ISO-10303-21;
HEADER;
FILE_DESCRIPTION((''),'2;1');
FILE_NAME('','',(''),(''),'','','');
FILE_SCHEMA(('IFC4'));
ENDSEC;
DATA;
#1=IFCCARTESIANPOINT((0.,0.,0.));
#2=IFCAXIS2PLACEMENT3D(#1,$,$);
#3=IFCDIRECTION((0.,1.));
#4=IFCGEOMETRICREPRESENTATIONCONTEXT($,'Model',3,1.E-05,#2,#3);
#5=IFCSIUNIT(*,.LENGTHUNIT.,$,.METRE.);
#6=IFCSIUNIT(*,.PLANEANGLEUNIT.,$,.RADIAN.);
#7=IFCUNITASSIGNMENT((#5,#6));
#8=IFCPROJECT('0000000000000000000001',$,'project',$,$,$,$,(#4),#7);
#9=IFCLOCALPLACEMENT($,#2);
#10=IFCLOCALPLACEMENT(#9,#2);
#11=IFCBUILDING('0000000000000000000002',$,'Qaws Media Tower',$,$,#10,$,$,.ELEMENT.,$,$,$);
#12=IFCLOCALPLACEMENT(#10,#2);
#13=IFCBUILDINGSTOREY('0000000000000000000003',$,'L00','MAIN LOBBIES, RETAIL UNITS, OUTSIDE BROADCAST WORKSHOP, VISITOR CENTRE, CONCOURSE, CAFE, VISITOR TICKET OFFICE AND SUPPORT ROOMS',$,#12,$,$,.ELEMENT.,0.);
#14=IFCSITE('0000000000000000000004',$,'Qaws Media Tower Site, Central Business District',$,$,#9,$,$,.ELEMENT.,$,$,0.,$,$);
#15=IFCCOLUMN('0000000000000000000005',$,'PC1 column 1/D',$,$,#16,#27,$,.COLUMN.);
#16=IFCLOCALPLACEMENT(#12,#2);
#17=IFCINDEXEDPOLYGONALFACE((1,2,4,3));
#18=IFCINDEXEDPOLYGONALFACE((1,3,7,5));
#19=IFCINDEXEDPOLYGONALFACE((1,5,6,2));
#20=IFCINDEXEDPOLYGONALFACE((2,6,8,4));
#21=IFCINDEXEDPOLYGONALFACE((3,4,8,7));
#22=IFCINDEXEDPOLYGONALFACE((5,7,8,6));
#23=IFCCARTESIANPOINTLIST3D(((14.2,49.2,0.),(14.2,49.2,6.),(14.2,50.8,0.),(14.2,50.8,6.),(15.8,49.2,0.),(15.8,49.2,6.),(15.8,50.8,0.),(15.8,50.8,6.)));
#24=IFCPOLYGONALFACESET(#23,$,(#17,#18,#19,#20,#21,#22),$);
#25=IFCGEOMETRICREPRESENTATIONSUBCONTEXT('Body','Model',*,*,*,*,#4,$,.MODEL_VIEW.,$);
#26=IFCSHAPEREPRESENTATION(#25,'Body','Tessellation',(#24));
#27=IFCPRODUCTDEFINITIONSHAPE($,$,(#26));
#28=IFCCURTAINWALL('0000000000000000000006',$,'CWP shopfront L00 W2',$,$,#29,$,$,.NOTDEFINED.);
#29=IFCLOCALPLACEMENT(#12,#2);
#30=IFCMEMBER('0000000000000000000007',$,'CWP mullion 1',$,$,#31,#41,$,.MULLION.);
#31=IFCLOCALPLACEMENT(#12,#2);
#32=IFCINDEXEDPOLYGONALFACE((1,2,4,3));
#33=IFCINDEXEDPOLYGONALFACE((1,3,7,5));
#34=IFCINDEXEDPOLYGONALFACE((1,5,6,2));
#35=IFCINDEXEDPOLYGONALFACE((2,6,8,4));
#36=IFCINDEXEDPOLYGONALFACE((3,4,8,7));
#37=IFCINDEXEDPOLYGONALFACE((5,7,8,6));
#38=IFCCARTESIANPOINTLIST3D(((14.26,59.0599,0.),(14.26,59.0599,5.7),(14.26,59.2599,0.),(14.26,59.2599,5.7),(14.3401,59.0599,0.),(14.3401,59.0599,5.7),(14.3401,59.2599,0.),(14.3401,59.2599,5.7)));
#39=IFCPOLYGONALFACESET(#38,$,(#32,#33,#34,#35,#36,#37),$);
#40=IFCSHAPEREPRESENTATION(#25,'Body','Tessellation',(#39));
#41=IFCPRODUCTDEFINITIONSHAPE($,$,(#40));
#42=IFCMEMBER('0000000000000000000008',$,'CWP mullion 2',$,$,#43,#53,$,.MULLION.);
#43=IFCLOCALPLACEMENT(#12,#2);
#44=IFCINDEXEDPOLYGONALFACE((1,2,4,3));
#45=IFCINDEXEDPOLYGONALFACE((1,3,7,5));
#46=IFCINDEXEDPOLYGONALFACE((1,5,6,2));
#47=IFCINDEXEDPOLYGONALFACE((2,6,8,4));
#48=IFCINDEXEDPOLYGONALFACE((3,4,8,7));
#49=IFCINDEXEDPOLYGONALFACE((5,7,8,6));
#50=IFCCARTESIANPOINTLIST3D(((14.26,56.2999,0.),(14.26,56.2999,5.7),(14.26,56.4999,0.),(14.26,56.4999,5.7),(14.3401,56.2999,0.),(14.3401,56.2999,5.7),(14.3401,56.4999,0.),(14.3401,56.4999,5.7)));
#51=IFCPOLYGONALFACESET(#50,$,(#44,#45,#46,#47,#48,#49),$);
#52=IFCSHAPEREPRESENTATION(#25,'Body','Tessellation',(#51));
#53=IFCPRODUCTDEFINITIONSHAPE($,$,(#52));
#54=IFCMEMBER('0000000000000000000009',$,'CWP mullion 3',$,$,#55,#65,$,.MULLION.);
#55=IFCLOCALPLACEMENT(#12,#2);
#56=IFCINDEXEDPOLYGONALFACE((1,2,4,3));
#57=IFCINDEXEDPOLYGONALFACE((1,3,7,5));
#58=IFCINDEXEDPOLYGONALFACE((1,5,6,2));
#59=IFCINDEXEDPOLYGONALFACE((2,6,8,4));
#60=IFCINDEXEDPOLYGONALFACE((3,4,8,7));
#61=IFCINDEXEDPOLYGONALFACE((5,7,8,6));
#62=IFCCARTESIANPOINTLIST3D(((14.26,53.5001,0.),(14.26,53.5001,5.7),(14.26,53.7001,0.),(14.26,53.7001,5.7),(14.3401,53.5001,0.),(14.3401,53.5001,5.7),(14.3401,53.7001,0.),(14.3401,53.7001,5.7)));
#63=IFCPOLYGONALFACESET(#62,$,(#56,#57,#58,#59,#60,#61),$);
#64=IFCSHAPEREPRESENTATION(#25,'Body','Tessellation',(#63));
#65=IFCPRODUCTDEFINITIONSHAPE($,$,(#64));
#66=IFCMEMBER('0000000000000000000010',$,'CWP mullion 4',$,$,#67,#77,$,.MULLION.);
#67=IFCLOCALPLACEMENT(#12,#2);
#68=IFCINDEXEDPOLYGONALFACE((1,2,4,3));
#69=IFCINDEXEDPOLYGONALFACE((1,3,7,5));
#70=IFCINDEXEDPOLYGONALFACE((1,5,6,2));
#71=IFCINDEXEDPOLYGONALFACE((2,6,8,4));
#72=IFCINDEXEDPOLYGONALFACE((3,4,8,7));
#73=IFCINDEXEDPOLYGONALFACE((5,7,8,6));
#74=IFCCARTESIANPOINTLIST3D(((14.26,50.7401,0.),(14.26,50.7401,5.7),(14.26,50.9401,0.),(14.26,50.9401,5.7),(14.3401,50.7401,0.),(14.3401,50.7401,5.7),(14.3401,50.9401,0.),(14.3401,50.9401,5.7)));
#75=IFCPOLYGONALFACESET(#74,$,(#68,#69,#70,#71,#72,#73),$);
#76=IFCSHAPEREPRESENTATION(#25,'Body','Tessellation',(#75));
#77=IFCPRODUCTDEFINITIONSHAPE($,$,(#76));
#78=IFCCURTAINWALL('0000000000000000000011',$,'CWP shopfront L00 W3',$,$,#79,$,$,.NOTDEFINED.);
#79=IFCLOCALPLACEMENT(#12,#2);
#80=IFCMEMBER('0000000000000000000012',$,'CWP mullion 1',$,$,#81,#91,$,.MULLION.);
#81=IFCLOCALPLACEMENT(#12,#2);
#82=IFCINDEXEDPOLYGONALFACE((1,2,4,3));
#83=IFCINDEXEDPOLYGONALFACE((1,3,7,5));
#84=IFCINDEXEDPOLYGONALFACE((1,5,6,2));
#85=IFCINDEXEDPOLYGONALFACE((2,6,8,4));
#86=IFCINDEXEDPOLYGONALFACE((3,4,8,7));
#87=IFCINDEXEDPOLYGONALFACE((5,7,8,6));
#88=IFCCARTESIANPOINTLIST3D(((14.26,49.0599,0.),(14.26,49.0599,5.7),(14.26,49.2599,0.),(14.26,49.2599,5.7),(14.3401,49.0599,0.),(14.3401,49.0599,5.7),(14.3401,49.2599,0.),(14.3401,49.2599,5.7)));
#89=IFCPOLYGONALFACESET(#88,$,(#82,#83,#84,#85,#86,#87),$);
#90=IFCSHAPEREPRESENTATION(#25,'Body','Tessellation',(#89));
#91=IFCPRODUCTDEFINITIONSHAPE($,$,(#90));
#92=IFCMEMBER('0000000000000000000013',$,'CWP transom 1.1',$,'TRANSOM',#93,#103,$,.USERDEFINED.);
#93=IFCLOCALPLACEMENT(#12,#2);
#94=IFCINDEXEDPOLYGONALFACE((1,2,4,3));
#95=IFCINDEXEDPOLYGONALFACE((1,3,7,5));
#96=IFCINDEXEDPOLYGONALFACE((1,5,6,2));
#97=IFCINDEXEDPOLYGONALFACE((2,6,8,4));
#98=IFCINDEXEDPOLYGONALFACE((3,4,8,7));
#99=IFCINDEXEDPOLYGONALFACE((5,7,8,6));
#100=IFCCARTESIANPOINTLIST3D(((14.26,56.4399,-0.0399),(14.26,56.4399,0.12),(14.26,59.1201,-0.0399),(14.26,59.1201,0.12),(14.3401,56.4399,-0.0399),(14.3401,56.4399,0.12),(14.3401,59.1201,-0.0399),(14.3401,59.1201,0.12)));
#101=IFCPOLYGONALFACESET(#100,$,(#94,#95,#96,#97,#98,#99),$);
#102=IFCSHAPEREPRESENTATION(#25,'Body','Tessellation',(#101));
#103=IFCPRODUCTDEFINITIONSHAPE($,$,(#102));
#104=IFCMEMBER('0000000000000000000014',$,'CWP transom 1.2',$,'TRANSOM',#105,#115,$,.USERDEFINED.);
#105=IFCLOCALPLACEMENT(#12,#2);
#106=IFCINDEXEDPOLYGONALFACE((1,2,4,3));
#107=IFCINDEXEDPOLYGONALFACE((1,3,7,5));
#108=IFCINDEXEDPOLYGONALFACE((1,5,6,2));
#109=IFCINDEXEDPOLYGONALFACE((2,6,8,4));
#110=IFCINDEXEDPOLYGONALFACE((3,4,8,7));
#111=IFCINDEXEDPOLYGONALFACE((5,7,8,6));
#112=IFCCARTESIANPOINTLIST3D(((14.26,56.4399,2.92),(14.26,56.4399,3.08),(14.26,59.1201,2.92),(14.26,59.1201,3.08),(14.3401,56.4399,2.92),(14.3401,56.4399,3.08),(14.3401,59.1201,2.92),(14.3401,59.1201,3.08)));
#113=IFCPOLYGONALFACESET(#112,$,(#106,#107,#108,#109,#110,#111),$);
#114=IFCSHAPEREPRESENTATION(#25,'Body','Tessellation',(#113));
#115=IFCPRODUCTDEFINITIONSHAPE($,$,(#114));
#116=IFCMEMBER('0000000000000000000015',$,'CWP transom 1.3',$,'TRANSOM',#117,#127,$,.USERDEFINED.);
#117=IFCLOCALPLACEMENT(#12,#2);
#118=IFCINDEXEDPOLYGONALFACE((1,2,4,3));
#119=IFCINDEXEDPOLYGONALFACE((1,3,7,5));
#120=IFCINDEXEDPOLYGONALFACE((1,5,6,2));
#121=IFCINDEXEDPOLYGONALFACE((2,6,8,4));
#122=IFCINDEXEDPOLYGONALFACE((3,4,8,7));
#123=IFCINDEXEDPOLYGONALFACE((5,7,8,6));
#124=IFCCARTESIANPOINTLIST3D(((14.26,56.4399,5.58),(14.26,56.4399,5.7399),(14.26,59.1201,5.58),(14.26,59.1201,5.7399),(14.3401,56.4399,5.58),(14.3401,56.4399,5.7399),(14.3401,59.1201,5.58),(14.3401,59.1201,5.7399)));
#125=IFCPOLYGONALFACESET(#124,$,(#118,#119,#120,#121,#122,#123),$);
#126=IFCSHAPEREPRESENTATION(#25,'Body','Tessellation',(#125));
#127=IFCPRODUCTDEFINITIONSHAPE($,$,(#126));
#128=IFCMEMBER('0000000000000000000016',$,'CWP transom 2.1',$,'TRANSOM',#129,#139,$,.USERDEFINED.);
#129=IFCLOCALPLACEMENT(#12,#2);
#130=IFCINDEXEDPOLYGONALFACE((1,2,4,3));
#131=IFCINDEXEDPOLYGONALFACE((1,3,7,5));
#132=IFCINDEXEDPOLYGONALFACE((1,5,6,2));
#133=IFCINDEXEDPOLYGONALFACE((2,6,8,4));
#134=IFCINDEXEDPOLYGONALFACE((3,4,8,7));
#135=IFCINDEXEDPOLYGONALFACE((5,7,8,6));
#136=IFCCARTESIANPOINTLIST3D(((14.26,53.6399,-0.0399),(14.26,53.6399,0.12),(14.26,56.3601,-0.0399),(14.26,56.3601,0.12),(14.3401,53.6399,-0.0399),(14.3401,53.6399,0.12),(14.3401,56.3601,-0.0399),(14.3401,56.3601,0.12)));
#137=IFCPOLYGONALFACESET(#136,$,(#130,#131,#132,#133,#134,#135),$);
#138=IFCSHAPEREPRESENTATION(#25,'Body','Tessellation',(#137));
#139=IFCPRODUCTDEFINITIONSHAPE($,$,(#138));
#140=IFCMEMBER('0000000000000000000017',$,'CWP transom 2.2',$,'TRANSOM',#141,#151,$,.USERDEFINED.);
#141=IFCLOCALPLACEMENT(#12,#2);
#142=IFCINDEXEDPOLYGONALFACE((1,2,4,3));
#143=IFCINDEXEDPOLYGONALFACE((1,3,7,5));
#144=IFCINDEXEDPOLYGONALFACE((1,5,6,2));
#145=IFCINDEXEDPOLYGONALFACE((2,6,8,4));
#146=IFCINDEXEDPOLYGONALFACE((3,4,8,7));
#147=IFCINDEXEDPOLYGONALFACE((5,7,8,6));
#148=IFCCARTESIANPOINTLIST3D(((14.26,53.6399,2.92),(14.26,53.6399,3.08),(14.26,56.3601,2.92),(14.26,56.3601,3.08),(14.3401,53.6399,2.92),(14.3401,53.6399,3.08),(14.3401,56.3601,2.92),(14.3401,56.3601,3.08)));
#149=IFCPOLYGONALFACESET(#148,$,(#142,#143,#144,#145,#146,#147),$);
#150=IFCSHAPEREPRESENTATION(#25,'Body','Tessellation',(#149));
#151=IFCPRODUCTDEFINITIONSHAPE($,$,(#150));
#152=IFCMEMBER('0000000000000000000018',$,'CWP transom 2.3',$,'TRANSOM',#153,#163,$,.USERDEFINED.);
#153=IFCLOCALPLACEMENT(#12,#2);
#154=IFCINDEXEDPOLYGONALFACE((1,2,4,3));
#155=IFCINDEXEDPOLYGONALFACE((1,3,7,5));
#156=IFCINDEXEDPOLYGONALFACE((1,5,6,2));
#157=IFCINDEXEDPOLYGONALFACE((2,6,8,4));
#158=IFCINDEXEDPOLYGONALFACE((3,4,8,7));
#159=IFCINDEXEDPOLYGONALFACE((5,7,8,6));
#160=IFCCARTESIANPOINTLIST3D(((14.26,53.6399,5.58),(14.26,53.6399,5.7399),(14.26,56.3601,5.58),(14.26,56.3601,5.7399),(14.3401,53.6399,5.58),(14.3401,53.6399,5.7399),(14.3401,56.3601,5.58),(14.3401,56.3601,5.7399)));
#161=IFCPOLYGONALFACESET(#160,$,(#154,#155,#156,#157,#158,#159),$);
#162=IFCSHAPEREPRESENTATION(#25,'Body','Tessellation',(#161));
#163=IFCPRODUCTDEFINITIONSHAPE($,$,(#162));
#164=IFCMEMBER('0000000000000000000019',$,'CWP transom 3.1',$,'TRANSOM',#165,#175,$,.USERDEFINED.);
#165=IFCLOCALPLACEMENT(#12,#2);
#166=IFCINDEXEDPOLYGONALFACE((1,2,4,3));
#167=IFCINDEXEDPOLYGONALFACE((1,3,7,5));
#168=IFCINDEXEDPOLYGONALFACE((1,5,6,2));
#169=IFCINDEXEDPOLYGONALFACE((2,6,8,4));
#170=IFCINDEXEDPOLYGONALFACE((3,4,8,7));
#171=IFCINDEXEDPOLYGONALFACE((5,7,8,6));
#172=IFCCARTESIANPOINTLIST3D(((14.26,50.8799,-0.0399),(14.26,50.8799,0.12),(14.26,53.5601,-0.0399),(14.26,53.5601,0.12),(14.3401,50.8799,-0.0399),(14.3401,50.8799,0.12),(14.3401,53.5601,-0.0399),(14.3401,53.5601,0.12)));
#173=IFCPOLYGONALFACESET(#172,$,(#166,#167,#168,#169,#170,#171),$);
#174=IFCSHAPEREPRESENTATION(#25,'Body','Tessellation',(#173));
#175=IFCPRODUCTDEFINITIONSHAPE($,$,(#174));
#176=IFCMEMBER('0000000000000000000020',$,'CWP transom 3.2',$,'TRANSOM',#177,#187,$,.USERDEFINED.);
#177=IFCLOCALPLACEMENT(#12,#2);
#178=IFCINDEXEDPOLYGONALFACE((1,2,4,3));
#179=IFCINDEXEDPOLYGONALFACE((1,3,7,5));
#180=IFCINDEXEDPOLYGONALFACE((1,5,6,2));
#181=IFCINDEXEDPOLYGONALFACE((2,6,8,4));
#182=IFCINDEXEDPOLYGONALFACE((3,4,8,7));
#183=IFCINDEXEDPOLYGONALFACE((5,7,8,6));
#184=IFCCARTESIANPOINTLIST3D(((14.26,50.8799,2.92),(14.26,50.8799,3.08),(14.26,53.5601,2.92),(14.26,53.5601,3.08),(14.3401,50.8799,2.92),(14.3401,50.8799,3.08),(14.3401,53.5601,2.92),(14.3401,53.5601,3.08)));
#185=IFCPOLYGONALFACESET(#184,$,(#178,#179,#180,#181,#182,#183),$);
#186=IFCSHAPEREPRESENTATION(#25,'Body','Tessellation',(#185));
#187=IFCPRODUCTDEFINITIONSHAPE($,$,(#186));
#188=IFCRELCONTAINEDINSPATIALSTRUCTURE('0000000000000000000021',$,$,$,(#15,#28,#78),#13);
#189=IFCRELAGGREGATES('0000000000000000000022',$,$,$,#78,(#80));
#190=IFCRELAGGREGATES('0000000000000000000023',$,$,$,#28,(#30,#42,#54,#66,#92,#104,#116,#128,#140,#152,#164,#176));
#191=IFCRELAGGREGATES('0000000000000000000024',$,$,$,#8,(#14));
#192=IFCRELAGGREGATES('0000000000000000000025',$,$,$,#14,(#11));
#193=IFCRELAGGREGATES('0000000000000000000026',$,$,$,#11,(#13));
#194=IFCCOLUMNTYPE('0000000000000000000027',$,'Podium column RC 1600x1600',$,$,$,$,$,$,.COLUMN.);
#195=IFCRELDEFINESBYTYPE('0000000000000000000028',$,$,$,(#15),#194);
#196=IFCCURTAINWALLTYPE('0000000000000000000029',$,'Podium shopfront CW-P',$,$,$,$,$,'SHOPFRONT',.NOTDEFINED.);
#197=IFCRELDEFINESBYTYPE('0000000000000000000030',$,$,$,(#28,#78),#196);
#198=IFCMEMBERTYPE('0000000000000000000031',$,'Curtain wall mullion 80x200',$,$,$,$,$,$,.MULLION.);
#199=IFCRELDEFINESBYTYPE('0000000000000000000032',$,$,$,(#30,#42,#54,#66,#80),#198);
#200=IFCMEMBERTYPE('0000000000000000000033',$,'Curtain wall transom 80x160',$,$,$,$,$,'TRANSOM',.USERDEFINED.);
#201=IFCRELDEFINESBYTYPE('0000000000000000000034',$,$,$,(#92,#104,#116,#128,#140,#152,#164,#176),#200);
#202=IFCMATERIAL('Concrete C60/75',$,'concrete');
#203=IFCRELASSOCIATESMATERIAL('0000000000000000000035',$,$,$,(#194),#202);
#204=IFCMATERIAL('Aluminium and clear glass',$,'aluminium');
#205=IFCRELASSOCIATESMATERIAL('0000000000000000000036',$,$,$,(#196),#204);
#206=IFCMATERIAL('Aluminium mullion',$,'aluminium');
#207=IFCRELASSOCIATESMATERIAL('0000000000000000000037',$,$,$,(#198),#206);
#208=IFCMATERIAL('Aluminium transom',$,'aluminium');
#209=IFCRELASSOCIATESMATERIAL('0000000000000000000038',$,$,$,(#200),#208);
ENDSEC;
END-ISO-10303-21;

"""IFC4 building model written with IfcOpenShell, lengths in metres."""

from ifc_helpers import new_model, si_unit, direction, frame, origin, origin_2d, place, context, subcontext, project, spatial, rectangle, extrude, material, material_profile, profile_set, type_object, element, aggregate, save


model = new_model("IFC4")

# Units and contexts
model_context = context("Model", 3, precision=1e-05, world=origin(), true_north=direction((0.0, 1.0)))
body_context = subcontext(model_context, "Body", "Model", "MODEL_VIEW")
ifc_project = project(units=[si_unit("LENGTHUNIT", "METRE"), si_unit("PLANEANGLEUNIT", "RADIAN")], contexts=[model_context])

# Site, building, storey
site_placement = place(None, origin())
site = spatial("IfcSite", under=ifc_project, at=site_placement, Name="Qaws Media Tower Site, Central Business District", CompositionType="ELEMENT", RefElevation=0.0)
building_placement = place(site_placement, origin())
building = spatial("IfcBuilding", under=site, at=building_placement, Name="Qaws Media Tower", CompositionType="ELEMENT")
storey_placement = place(building_placement, origin())
storey = spatial("IfcBuildingStorey", under=building, at=storey_placement, Name="L00", Description="MAIN LOBBIES, RETAIL UNITS, OUTSIDE BROADCAST WORKSHOP, VISITOR CENTRE, CONCOURSE, CAFE, VISITOR TICKET OFFICE AND SUPPORT ROOMS", CompositionType="ELEMENT", Elevation=0.0)

# Column
ifc_material_1 = material(Name="Concrete C60/75", Category="concrete")
ifc_material_profile_1 = material_profile(ifc_material_1, rectangle(XDim=1.6001, YDim=1.6001, at=origin_2d()), Name="RC 1600x1600")
ifc_profile_set_1 = profile_set([ifc_material_profile_1], Name="Concrete C60/75")
column_type = type_object("IfcColumnType", Name="Podium column RC 1600x1600", PredefinedType="COLUMN", material=ifc_profile_set_1)
column_placement = place(storey_placement, frame((15.0, 50.0, 0.0), z_axis=(0.0, 0.0, 1.0), x_axis=(1.0, 0.0, 0.0)))
element("IfcColumn", 1, at=column_placement, inside=storey, type_object=column_type, Name="PC1 column 1/D", PredefinedType="COLUMN", context=body_context, shape_type="SweptSolid", body=[
    extrude(rectangle(XDim=1.6001, YDim=1.6001, at=origin_2d()), origin(), (0.0, 0.0, 1.0), 6.0),
])

# Curtain wall, members
ifc_material_2 = material(Name="Aluminium and clear glass", Category="aluminium")
curtain_wall_type = type_object("IfcCurtainWallType", Name="Podium shopfront CW-P", ElementType="SHOPFRONT", PredefinedType="NOTDEFINED", material=ifc_material_2)
curtain_wall_1_placement = place(storey_placement, origin())
curtain_wall_1 = element("IfcCurtainWall", 2, at=curtain_wall_1_placement, inside=storey, type_object=curtain_wall_type, Name="CWP shopfront L00 W2", PredefinedType="NOTDEFINED")
ifc_material_3 = material(Name="Aluminium mullion", Category="aluminium")
ifc_material_profile_2 = material_profile(ifc_material_3, rectangle(XDim=0.0801, YDim=0.2, at=origin_2d()), Name="80x200")
ifc_profile_set_2 = profile_set([ifc_material_profile_2], Name="Aluminium mullion")
member_type_1 = type_object("IfcMemberType", Name="Curtain wall mullion 80x200", PredefinedType="MULLION", material=ifc_profile_set_2)
member_1_placement = place(storey_placement, frame((14.3, 59.1599, 0.0), z_axis=(0.0, 0.0, 1.0), x_axis=(1.0, 0.0, 0.0)))
member_1 = element("IfcMember", 3, at=member_1_placement, type_object=member_type_1, Name="CWP mullion 1", PredefinedType="MULLION", context=body_context, shape_type="SweptSolid", body=[
    extrude(rectangle(XDim=0.0801, YDim=0.2, at=origin_2d()), origin(), (0.0, 0.0, 1.0), 5.7),
])
member_2_placement = place(storey_placement, frame((14.3, 56.3999, 0.0), z_axis=(0.0, 0.0, 1.0), x_axis=(1.0, 0.0, 0.0)))
member_2 = element("IfcMember", 4, at=member_2_placement, type_object=member_type_1, Name="CWP mullion 2", PredefinedType="MULLION", context=body_context, shape_type="SweptSolid", body=[
    extrude(rectangle(XDim=0.0801, YDim=0.2, at=origin_2d()), origin(), (0.0, 0.0, 1.0), 5.7),
])
member_3_placement = place(storey_placement, frame((14.3, 53.6001, 0.0), z_axis=(0.0, 0.0, 1.0), x_axis=(1.0, 0.0, 0.0)))
member_3 = element("IfcMember", 5, at=member_3_placement, type_object=member_type_1, Name="CWP mullion 3", PredefinedType="MULLION", context=body_context, shape_type="SweptSolid", body=[
    extrude(rectangle(XDim=0.0801, YDim=0.2, at=origin_2d()), origin(), (0.0, 0.0, 1.0), 5.7),
])
member_4_placement = place(storey_placement, frame((14.3, 50.8401, 0.0), z_axis=(0.0, 0.0, 1.0), x_axis=(1.0, 0.0, 0.0)))
member_4 = element("IfcMember", 6, at=member_4_placement, type_object=member_type_1, Name="CWP mullion 4", PredefinedType="MULLION", context=body_context, shape_type="SweptSolid", body=[
    extrude(rectangle(XDim=0.0801, YDim=0.2, at=origin_2d()), origin(), (0.0, 0.0, 1.0), 5.7),
])

# Curtain wall, member
curtain_wall_2_placement = place(storey_placement, origin())
curtain_wall_2 = element("IfcCurtainWall", 7, at=curtain_wall_2_placement, inside=storey, type_object=curtain_wall_type, Name="CWP shopfront L00 W3", PredefinedType="NOTDEFINED")
member_5_placement = place(storey_placement, frame((14.3, 49.1599, 0.0), z_axis=(0.0, 0.0, 1.0), x_axis=(1.0, 0.0, 0.0)))
member_5 = element("IfcMember", 8, at=member_5_placement, type_object=member_type_1, Name="CWP mullion 1", PredefinedType="MULLION", context=body_context, shape_type="SweptSolid", body=[
    extrude(rectangle(XDim=0.0801, YDim=0.2, at=origin_2d()), origin(), (0.0, 0.0, 1.0), 5.7),
])
aggregate(curtain_wall_2, [member_5])

# Members
ifc_material_4 = material(Name="Aluminium transom", Category="aluminium")
ifc_material_profile_3 = material_profile(ifc_material_4, rectangle(XDim=0.0801, YDim=0.1599, at=origin_2d()), Name="80x160")
ifc_profile_set_3 = profile_set([ifc_material_profile_3], Name="Aluminium transom")
member_type_2 = type_object("IfcMemberType", Name="Curtain wall transom 80x160", ElementType="TRANSOM", PredefinedType="USERDEFINED", material=ifc_profile_set_3)
member_6_placement = place(storey_placement, frame((14.3, 59.1201, 0.04), z_axis=(0.0, -1.0, 0.0), x_axis=(1.0, 0.0, 0.0)))
member_6 = element("IfcMember", 9, at=member_6_placement, type_object=member_type_2, Name="CWP transom 1.1", ObjectType="TRANSOM", PredefinedType="USERDEFINED", context=body_context, shape_type="SweptSolid", body=[
    extrude(rectangle(XDim=0.0801, YDim=0.1599, at=origin_2d()), origin(), (0.0, 0.0, 1.0), 2.6802),
])
member_7_placement = place(storey_placement, frame((14.3, 59.1201, 3.0), z_axis=(0.0, -1.0, 0.0), x_axis=(1.0, 0.0, 0.0)))
member_7 = element("IfcMember", 10, at=member_7_placement, type_object=member_type_2, Name="CWP transom 1.2", ObjectType="TRANSOM", PredefinedType="USERDEFINED", context=body_context, shape_type="SweptSolid", body=[
    extrude(rectangle(XDim=0.0801, YDim=0.1599, at=origin_2d()), origin(), (0.0, 0.0, 1.0), 2.6802),
])
member_8_placement = place(storey_placement, frame((14.3, 59.1201, 5.6599), z_axis=(0.0, -1.0, 0.0), x_axis=(1.0, 0.0, 0.0)))
member_8 = element("IfcMember", 11, at=member_8_placement, type_object=member_type_2, Name="CWP transom 1.3", ObjectType="TRANSOM", PredefinedType="USERDEFINED", context=body_context, shape_type="SweptSolid", body=[
    extrude(rectangle(XDim=0.0801, YDim=0.1599, at=origin_2d()), origin(), (0.0, 0.0, 1.0), 2.6802),
])
member_9_placement = place(storey_placement, frame((14.3, 56.3601, 0.04), z_axis=(0.0, -1.0, 0.0), x_axis=(1.0, 0.0, 0.0)))
member_9 = element("IfcMember", 12, at=member_9_placement, type_object=member_type_2, Name="CWP transom 2.1", ObjectType="TRANSOM", PredefinedType="USERDEFINED", context=body_context, shape_type="SweptSolid", body=[
    extrude(rectangle(XDim=0.0801, YDim=0.1599, at=origin_2d()), origin(), (0.0, 0.0, 1.0), 2.7202),
])
member_10_placement = place(storey_placement, frame((14.3, 56.3601, 3.0), z_axis=(0.0, -1.0, 0.0), x_axis=(1.0, 0.0, 0.0)))
member_10 = element("IfcMember", 13, at=member_10_placement, type_object=member_type_2, Name="CWP transom 2.2", ObjectType="TRANSOM", PredefinedType="USERDEFINED", context=body_context, shape_type="SweptSolid", body=[
    extrude(rectangle(XDim=0.0801, YDim=0.1599, at=origin_2d()), origin(), (0.0, 0.0, 1.0), 2.7202),
])
member_11_placement = place(storey_placement, frame((14.3, 56.3601, 5.6599), z_axis=(0.0, -1.0, 0.0), x_axis=(1.0, 0.0, 0.0)))
member_11 = element("IfcMember", 14, at=member_11_placement, type_object=member_type_2, Name="CWP transom 2.3", ObjectType="TRANSOM", PredefinedType="USERDEFINED", context=body_context, shape_type="SweptSolid", body=[
    extrude(rectangle(XDim=0.0801, YDim=0.1599, at=origin_2d()), origin(), (0.0, 0.0, 1.0), 2.7202),
])
member_12_placement = place(storey_placement, frame((14.3, 53.5601, 0.04), z_axis=(0.0, -1.0, 0.0), x_axis=(1.0, 0.0, 0.0)))
member_12 = element("IfcMember", 15, at=member_12_placement, type_object=member_type_2, Name="CWP transom 3.1", ObjectType="TRANSOM", PredefinedType="USERDEFINED", context=body_context, shape_type="SweptSolid", body=[
    extrude(rectangle(XDim=0.0801, YDim=0.1599, at=origin_2d()), origin(), (0.0, 0.0, 1.0), 2.6802),
])
member_13_placement = place(storey_placement, frame((14.3, 53.5601, 3.0), z_axis=(0.0, -1.0, 0.0), x_axis=(1.0, 0.0, 0.0)))
member_13 = element("IfcMember", 16, at=member_13_placement, type_object=member_type_2, Name="CWP transom 3.2", ObjectType="TRANSOM", PredefinedType="USERDEFINED", context=body_context, shape_type="SweptSolid", body=[
    extrude(rectangle(XDim=0.0801, YDim=0.1599, at=origin_2d()), origin(), (0.0, 0.0, 1.0), 2.6802),
])

aggregate(curtain_wall_1, [member_1, member_2, member_3, member_4, member_6, member_7, member_8, member_9, member_10, member_11, member_12, member_13])

save(model, "model.ifc")
